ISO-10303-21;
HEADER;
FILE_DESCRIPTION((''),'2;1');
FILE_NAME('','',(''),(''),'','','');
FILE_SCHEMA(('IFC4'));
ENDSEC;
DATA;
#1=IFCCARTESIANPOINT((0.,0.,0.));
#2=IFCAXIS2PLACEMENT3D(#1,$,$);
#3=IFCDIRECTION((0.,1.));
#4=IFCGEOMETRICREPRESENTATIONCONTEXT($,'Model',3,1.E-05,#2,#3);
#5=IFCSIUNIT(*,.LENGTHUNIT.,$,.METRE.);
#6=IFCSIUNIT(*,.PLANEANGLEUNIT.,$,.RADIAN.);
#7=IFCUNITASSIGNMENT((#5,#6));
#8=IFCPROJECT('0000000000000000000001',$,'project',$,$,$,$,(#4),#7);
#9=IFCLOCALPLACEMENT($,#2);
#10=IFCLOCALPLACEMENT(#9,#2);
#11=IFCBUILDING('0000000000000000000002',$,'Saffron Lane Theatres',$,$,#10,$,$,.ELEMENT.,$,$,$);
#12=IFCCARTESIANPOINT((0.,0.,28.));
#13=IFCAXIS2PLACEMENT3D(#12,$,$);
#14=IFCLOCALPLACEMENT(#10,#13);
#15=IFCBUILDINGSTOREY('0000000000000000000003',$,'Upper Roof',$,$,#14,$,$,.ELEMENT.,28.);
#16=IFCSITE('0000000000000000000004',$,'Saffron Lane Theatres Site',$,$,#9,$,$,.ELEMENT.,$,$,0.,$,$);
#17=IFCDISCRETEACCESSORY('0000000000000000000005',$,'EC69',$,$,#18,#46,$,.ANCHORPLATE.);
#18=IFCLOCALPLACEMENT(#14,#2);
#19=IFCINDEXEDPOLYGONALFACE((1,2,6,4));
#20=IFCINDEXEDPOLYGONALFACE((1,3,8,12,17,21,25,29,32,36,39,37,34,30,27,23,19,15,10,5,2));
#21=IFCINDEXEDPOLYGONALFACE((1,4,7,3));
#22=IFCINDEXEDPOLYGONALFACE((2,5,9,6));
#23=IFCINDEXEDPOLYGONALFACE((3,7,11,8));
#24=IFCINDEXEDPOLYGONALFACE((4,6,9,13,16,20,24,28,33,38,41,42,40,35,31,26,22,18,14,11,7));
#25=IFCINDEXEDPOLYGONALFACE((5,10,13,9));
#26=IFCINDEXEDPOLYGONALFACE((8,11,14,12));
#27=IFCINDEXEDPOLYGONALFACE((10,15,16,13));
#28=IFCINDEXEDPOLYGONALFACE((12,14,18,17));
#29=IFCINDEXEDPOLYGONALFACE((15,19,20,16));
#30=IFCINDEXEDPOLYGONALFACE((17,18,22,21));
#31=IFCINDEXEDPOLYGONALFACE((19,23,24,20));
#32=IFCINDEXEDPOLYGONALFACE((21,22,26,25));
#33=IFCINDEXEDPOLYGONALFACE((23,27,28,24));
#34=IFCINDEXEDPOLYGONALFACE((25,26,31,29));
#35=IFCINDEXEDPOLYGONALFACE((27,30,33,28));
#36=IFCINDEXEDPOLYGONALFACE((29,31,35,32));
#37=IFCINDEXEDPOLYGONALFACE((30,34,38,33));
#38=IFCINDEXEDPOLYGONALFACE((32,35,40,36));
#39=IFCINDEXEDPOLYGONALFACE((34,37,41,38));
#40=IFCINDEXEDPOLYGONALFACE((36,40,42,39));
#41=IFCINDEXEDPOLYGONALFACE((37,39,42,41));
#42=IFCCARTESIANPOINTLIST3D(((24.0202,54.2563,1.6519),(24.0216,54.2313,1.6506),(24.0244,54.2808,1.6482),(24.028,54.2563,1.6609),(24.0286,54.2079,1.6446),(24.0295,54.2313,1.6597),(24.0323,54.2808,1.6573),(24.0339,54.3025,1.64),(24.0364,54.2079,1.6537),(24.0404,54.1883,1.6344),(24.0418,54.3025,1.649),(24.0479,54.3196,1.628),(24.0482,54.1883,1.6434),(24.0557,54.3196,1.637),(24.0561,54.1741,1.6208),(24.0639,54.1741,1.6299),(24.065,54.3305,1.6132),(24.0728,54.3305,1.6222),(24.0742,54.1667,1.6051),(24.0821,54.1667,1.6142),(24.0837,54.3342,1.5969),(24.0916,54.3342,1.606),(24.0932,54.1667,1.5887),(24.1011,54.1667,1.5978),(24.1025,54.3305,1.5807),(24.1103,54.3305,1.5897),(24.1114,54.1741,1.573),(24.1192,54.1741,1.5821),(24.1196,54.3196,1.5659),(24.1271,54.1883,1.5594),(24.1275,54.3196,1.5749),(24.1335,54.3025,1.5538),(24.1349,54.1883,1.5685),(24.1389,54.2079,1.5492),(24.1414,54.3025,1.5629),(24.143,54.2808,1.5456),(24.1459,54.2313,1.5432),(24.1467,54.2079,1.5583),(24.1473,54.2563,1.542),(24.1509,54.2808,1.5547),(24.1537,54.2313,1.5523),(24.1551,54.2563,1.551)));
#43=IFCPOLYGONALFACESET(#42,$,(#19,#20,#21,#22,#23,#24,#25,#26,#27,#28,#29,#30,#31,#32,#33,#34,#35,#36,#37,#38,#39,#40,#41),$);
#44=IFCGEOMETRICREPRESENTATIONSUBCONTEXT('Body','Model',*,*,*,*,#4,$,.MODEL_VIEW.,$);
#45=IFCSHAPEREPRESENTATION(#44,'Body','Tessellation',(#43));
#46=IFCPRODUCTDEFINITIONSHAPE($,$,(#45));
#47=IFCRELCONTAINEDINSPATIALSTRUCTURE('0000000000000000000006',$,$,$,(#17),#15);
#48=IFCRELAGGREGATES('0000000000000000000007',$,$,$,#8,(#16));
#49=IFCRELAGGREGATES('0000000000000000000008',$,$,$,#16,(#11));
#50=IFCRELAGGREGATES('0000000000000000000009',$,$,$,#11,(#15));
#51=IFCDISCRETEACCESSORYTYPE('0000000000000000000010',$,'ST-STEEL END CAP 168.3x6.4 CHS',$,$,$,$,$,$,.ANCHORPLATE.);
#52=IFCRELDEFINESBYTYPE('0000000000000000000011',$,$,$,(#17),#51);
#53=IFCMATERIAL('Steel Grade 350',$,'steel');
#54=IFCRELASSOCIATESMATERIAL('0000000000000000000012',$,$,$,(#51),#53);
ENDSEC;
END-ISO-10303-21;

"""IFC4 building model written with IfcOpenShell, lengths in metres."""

from ifc_helpers import new_model, si_unit, direction, frame, origin, origin_2d, place, context, subcontext, project, spatial, circle, extrude, material, material_profile, profile_set, type_object, element, save


model = new_model("IFC4")

# Units and contexts
model_context = context("Model", 3, precision=1e-05, world=origin(), true_north=direction((0.0, 1.0)))
body_context = subcontext(model_context, "Body", "Model", "MODEL_VIEW")
ifc_project = project(units=[si_unit("LENGTHUNIT", "METRE"), si_unit("PLANEANGLEUNIT", "RADIAN")], contexts=[model_context])

# Site, building, storey
site_placement = place(None, origin())
site = spatial("IfcSite", under=ifc_project, at=site_placement, Name="Saffron Lane Theatres Site", CompositionType="ELEMENT", RefElevation=0.0)
building_placement = place(site_placement, origin())
building = spatial("IfcBuilding", under=site, at=building_placement, Name="Saffron Lane Theatres", CompositionType="ELEMENT")
storey_placement = place(building_placement, frame((0.0, 0.0, 28.0)))
storey = spatial("IfcBuildingStorey", under=building, at=storey_placement, Name="Upper Roof", CompositionType="ELEMENT", Elevation=28.0)

# Discrete accessory
ifc_material_1 = material(Name="Steel Grade 350", Category="steel")
ifc_material_profile_1 = material_profile(ifc_material_1, circle(Radius=0.0842, at=origin_2d()))
ifc_profile_set_1 = profile_set([ifc_material_profile_1], Name="Steel Grade 350")
discrete_accessory_type_1 = type_object("IfcDiscreteAccessoryType", Name="ST-STEEL END CAP 168.3x6.4 CHS", PredefinedType="ANCHORPLATE", material=ifc_profile_set_1)
discrete_accessory_1_placement = place(storey_placement, frame((24.0837, 54.25, 1.5969), z_axis=(0.654152, 0.0, 0.756363), x_axis=(0.0, 1.0, 0.0)))
element("IfcDiscreteAccessory", 1, at=discrete_accessory_1_placement, inside=storey, type_object=discrete_accessory_type_1, Name="EC69", PredefinedType="ANCHORPLATE", context=body_context, shape_type="SweptSolid", body=[
    extrude(circle(Radius=0.0842, at=origin_2d()), origin(), (0.0, 0.0, 1.0), 0.012),
])

save(model, "model.ifc")
